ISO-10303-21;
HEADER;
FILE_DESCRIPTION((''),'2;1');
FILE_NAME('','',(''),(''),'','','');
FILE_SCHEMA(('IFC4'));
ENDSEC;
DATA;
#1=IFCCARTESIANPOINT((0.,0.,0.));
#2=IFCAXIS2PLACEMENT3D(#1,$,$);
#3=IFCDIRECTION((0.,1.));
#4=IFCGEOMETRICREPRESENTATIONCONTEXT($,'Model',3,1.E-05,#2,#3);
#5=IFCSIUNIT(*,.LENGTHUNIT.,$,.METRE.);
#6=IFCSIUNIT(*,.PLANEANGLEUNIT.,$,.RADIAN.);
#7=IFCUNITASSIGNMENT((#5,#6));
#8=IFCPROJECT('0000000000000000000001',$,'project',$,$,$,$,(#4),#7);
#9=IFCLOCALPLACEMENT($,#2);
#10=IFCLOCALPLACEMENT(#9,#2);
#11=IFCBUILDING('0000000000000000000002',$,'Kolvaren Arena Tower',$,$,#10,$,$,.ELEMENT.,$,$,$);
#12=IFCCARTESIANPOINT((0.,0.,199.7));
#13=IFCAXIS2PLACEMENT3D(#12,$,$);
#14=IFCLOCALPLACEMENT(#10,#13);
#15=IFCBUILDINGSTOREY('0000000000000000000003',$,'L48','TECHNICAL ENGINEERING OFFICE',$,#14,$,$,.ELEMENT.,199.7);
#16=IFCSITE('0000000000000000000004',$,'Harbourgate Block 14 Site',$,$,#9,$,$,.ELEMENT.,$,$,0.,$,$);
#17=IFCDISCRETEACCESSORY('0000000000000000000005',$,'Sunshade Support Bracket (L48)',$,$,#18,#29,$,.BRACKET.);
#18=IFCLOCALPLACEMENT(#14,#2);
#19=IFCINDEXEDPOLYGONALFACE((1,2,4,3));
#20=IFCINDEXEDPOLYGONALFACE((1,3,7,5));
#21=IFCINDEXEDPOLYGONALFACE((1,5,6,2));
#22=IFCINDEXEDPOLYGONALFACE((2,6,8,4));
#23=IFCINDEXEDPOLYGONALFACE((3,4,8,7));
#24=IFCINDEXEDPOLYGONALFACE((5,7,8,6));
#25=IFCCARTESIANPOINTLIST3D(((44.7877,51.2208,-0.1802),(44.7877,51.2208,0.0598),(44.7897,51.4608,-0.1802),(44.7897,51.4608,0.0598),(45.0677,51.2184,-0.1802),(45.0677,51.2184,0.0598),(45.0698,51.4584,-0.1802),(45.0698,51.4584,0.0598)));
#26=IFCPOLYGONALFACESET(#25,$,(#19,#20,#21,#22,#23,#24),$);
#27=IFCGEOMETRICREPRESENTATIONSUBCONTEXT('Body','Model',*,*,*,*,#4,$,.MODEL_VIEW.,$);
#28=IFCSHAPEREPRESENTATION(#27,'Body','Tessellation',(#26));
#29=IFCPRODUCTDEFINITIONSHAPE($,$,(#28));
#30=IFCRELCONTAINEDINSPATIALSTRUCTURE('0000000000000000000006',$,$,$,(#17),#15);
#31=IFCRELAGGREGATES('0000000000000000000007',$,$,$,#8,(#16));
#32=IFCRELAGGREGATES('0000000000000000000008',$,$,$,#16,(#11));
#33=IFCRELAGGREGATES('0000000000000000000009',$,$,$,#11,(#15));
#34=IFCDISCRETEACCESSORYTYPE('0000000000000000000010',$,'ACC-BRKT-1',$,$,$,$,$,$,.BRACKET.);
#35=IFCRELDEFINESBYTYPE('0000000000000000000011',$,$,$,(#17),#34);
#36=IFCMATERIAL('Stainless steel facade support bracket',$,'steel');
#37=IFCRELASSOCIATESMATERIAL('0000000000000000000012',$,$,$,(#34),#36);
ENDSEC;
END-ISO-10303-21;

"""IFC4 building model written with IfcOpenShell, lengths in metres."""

from ifc_helpers import new_model, si_unit, direction, frame, origin, origin_2d, place, context, subcontext, project, spatial, rectangle, extrude, material, type_object, element, save


model = new_model("IFC4")

# Units and contexts
model_context = context("Model", 3, precision=1e-05, world=origin(), true_north=direction((0.0, 1.0)))
body_context = subcontext(model_context, "Body", "Model", "MODEL_VIEW")
ifc_project = project(units=[si_unit("LENGTHUNIT", "METRE"), si_unit("PLANEANGLEUNIT", "RADIAN")], contexts=[model_context])

# Site, building, storey
site_placement = place(None, origin())
site = spatial("IfcSite", under=ifc_project, at=site_placement, Name="Harbourgate Block 14 Site", CompositionType="ELEMENT", RefElevation=0.0)
building_placement = place(site_placement, origin())
building = spatial("IfcBuilding", under=site, at=building_placement, Name="Kolvaren Arena Tower", CompositionType="ELEMENT")
storey_placement = place(building_placement, frame((0.0, 0.0, 199.7)))
storey = spatial("IfcBuildingStorey", under=building, at=storey_placement, Name="L48", Description="TECHNICAL ENGINEERING OFFICE", CompositionType="ELEMENT", Elevation=199.7)

# Discrete accessory
ifc_material_1 = material(Name="Stainless steel facade support bracket", Category="steel")
discrete_accessory_type = type_object("IfcDiscreteAccessoryType", Name="ACC-BRKT-1", PredefinedType="BRACKET", material=ifc_material_1)
for number, where, z_axis, x_axis, name in (
    (1, (44.9287, 51.3396, -0.1802), (0.0, 0.0, 1.0), (0.999962, -0.008727, 0.0), "Sunshade Support Bracket (L48)"),
):
    element("IfcDiscreteAccessory", number, at=place(storey_placement, frame(where, z_axis=z_axis, x_axis=x_axis)), inside=storey, type_object=discrete_accessory_type, Name=name, PredefinedType="BRACKET", context=body_context, shape_type="SweptSolid", body=[
        extrude(rectangle(XDim=0.28, YDim=0.24, at=origin_2d()), origin(), (0.0, 0.0, 1.0), 0.24),
    ])

save(model, "model.ifc")
